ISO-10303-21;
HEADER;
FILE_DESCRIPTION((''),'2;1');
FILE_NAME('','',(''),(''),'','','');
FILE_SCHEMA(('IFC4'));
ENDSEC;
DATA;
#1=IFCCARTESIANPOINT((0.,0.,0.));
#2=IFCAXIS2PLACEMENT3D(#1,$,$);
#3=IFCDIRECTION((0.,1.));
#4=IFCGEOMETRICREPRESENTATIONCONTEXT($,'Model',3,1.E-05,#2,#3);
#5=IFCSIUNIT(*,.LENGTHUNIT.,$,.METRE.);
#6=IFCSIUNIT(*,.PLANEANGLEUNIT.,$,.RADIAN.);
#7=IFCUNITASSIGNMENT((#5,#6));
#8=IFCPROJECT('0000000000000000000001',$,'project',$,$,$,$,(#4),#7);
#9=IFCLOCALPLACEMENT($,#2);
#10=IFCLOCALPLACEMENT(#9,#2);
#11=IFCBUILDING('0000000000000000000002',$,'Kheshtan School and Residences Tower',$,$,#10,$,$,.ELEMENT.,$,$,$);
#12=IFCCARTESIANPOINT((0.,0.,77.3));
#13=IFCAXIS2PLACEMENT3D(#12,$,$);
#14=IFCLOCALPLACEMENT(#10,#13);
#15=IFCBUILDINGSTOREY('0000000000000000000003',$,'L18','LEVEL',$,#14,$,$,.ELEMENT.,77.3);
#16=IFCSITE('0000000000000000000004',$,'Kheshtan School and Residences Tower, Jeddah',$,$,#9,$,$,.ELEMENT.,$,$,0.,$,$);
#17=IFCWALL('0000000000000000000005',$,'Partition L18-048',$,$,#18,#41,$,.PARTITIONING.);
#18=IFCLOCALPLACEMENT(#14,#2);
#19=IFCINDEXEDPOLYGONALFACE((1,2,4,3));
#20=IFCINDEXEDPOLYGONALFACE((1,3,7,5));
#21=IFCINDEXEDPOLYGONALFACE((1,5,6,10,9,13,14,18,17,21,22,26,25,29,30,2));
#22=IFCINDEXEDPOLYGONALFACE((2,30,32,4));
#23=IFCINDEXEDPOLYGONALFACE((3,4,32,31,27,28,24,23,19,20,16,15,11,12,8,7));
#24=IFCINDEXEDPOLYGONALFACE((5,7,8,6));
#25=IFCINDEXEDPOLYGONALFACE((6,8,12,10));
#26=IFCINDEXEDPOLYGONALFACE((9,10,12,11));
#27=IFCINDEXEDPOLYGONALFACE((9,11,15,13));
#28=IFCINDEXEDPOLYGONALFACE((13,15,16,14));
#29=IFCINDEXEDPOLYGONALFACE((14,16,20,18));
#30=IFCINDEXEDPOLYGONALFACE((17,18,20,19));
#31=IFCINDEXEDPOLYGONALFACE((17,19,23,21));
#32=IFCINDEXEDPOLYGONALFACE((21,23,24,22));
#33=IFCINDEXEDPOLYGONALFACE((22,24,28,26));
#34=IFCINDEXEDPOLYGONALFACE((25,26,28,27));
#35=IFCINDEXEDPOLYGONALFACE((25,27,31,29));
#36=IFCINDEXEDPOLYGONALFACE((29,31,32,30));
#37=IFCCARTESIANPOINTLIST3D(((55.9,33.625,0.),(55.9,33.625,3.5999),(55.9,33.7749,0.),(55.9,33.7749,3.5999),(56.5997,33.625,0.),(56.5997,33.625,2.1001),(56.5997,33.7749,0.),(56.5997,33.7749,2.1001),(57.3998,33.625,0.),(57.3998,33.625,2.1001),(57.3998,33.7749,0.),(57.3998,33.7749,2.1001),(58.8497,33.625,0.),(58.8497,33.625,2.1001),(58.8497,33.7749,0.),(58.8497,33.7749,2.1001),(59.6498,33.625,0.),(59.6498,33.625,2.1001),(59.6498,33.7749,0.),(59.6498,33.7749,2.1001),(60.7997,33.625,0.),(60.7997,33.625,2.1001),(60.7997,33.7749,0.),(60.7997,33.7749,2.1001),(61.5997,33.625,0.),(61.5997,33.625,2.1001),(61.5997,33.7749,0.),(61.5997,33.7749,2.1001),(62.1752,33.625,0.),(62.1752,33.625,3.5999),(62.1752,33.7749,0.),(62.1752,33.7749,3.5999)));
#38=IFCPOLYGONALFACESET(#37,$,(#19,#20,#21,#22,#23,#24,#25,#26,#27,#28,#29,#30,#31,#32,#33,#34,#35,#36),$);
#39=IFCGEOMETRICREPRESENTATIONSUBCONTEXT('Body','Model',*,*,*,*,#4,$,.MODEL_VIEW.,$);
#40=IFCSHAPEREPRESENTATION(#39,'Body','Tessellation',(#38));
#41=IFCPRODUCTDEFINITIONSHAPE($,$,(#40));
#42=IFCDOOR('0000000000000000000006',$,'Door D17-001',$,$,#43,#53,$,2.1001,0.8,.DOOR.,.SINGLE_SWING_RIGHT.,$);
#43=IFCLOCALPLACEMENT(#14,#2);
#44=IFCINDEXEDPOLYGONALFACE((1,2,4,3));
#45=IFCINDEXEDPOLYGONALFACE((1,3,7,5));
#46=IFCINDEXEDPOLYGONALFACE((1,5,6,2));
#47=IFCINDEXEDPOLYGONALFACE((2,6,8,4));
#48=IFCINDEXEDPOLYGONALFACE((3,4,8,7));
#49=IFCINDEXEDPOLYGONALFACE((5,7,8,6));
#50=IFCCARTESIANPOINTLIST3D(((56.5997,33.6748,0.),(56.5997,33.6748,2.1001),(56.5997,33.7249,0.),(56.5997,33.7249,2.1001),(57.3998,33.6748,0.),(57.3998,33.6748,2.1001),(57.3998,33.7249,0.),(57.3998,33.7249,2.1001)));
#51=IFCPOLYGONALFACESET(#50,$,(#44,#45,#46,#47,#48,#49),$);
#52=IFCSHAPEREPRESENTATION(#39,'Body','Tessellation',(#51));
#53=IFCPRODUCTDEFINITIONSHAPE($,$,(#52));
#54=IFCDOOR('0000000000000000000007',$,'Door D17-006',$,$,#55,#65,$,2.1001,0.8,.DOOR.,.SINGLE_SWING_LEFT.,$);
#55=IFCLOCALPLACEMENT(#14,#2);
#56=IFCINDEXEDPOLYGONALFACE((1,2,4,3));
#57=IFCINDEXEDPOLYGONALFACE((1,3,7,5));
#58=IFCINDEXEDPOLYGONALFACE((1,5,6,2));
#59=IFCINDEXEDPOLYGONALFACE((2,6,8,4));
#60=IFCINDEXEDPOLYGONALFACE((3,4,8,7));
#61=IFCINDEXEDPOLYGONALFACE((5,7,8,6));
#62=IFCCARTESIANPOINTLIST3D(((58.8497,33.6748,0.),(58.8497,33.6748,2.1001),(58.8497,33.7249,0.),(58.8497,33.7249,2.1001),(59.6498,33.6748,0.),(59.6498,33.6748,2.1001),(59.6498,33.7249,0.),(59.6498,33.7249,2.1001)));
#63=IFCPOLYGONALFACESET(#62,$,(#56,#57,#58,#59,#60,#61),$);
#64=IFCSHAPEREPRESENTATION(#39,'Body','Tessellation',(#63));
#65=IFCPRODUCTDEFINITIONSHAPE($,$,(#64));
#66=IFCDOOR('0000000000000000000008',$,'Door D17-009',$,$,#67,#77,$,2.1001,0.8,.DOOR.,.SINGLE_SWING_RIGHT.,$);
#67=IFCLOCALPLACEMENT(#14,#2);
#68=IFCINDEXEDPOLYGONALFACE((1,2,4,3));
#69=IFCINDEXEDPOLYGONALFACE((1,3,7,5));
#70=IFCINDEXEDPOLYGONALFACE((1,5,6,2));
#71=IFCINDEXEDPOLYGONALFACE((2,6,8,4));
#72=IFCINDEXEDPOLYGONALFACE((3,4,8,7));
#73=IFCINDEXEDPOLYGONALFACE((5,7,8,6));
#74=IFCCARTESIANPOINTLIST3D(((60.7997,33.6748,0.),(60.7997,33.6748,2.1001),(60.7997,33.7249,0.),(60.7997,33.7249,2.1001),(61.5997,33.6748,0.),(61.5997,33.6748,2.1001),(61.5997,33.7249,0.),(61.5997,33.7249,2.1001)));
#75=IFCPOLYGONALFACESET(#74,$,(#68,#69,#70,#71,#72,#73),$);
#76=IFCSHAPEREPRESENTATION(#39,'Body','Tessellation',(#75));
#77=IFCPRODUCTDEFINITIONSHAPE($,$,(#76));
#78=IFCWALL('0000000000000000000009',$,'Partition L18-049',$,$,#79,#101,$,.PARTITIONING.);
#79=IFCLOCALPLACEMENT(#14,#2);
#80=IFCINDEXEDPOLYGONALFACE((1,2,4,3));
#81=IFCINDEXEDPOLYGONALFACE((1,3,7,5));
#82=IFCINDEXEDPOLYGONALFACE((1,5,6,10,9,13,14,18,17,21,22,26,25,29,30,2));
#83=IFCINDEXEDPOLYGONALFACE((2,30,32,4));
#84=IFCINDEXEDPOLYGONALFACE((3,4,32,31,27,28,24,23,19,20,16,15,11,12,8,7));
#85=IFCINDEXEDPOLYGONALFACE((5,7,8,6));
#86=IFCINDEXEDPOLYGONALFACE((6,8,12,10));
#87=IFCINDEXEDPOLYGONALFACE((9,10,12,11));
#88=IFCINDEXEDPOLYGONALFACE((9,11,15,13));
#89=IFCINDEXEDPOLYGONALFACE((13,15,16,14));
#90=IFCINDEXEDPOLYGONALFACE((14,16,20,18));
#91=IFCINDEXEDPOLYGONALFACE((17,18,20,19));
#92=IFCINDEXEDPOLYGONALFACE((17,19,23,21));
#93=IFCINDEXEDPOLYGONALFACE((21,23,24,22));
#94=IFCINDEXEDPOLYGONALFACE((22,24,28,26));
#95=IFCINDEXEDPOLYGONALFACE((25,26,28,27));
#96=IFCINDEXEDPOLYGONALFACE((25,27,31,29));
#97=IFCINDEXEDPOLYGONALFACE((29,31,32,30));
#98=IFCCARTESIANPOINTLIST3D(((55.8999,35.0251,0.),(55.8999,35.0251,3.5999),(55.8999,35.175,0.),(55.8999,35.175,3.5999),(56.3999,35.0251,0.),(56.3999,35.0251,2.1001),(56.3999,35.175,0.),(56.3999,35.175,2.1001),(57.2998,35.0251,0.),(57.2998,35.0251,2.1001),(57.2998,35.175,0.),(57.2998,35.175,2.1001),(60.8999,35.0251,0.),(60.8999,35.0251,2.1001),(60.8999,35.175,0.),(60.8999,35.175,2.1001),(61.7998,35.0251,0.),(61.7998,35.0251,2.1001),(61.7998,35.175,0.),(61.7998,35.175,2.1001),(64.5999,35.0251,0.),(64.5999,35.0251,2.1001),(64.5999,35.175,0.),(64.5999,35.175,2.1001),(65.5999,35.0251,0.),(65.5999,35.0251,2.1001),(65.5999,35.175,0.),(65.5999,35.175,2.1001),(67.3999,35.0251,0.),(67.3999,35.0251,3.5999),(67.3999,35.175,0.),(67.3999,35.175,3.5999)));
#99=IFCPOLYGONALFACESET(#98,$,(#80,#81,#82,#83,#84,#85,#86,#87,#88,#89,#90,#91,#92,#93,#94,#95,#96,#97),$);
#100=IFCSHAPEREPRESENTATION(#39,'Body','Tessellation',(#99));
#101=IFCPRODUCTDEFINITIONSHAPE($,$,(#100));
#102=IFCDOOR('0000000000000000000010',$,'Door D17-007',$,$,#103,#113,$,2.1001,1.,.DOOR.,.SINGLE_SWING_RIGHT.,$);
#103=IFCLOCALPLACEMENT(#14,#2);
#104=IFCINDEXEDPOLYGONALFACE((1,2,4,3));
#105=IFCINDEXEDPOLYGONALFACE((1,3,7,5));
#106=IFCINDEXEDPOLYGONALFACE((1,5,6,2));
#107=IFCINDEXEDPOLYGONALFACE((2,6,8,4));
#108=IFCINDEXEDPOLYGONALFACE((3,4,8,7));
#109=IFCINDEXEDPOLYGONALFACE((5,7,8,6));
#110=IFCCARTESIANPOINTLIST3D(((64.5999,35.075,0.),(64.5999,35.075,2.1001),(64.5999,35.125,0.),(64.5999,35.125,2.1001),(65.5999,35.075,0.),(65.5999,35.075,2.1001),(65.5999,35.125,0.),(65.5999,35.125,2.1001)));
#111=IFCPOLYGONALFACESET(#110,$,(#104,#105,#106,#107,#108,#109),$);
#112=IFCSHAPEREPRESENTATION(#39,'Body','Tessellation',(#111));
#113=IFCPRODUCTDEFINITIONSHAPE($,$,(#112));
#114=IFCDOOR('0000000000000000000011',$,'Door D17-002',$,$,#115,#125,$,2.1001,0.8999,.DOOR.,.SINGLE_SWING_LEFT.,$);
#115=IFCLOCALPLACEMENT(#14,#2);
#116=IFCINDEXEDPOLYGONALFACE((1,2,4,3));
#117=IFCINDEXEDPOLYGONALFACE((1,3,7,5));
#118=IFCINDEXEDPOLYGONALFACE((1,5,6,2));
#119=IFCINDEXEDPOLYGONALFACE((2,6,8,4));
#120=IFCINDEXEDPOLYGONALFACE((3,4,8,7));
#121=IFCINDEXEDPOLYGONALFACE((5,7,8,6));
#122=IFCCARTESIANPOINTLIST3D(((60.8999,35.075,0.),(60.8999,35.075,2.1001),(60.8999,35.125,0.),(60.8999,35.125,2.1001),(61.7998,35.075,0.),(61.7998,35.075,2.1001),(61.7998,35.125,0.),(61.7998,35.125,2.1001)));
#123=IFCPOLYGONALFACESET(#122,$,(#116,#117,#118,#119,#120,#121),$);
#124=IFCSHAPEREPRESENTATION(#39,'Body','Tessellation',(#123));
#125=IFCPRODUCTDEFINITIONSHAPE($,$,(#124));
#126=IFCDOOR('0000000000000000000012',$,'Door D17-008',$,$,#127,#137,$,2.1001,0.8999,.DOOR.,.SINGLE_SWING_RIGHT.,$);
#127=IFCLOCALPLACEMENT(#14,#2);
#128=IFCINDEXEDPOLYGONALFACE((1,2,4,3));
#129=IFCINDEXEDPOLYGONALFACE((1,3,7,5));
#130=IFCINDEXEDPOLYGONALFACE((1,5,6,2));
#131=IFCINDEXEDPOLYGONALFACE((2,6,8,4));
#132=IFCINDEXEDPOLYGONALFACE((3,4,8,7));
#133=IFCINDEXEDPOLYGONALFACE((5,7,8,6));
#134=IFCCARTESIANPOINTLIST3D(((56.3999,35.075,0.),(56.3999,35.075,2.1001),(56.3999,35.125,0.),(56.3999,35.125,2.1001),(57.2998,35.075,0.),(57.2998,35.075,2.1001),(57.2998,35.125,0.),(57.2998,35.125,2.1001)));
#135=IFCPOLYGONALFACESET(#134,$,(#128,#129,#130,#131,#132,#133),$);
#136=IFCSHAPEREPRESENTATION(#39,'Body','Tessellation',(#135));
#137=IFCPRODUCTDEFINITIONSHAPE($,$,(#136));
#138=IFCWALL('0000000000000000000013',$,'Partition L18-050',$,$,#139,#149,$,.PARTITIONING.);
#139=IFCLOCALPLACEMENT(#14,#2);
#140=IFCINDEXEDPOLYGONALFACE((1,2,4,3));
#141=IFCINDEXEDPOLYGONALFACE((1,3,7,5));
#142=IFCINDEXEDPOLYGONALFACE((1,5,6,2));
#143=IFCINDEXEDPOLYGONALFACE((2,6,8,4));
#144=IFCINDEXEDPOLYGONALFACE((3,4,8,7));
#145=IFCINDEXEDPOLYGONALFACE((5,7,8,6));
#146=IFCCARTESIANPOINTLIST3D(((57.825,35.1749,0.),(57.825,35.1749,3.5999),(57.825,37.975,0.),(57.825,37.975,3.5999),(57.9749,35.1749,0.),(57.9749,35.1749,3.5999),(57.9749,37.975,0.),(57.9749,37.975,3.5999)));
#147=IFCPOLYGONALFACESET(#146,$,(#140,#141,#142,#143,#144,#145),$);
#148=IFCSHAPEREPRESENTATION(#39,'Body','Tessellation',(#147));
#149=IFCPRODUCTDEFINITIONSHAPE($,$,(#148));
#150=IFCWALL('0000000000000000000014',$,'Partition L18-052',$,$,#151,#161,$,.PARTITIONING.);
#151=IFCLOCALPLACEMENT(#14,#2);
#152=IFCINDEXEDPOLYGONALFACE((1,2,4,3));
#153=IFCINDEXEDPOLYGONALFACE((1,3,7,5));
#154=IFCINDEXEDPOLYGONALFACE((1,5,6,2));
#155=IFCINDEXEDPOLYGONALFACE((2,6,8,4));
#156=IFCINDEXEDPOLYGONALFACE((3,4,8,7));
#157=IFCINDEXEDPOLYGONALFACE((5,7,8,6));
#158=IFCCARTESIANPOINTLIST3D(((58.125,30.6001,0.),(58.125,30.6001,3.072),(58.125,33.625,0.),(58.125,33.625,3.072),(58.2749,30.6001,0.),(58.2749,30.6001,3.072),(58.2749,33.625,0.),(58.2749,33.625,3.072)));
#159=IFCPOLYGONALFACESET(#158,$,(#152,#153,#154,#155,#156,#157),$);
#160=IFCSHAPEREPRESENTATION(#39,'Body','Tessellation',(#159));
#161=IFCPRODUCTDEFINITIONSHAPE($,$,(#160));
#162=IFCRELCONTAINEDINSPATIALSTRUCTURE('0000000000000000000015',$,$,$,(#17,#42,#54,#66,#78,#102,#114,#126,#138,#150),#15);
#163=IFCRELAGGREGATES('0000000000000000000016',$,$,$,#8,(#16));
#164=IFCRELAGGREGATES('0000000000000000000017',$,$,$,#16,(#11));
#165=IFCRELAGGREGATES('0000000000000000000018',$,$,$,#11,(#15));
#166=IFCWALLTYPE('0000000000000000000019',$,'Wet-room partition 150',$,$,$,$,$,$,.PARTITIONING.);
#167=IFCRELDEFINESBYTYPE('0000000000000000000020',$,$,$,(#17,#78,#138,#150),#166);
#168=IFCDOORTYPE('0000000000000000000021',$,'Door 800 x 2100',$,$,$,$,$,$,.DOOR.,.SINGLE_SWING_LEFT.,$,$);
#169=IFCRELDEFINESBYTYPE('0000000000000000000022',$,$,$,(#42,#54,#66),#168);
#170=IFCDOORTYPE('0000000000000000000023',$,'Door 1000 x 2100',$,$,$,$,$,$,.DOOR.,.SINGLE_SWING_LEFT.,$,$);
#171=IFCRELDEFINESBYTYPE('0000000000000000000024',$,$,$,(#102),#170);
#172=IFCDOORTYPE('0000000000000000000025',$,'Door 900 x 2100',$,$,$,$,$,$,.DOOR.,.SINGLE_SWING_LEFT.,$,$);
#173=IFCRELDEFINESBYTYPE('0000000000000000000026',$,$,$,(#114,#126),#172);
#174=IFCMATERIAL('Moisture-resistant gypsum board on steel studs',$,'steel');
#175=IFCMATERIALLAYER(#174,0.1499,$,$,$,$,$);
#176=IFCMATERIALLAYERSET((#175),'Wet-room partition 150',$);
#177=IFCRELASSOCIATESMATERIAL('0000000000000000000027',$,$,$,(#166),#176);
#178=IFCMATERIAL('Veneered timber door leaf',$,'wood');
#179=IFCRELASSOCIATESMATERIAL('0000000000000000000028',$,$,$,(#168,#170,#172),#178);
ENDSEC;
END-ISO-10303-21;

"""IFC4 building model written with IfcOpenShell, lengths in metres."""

from ifc_helpers import new_model, si_unit, direction, frame, frame_2d, origin, place, context, subcontext, project, spatial, rectangle, extrude, source, transform, mapped, material, layer, layer_set, type_object, element, fill, save


model = new_model("IFC4")

# Units and contexts
model_context = context("Model", 3, precision=1e-05, world=origin(), true_north=direction((0.0, 1.0)))
body_context = subcontext(model_context, "Body", "Model", "MODEL_VIEW")
ifc_project = project(units=[si_unit("LENGTHUNIT", "METRE"), si_unit("PLANEANGLEUNIT", "RADIAN")], contexts=[model_context])

# Site, building, storey
site_placement = place(None, origin())
site = spatial("IfcSite", under=ifc_project, at=site_placement, Name="Kheshtan School and Residences Tower, Jeddah", CompositionType="ELEMENT", RefElevation=0.0)
building_placement = place(site_placement, origin())
building = spatial("IfcBuilding", under=site, at=building_placement, Name="Kheshtan School and Residences Tower", CompositionType="ELEMENT")
storey_placement = place(building_placement, frame((0.0, 0.0, 77.3)))
storey = spatial("IfcBuildingStorey", under=building, at=storey_placement, Name="L18", Description="LEVEL", CompositionType="ELEMENT", Elevation=77.3)

# Walls, openings, doors
ifc_material_1 = material(Name="Moisture-resistant gypsum board on steel studs", Category="steel")
ifc_layer_1 = layer(ifc_material_1, 0.1499)
ifc_layer_set_1 = layer_set([ifc_layer_1], Name="Wet-room partition 150")
wall_type_1 = type_object("IfcWallType", Name="Wet-room partition 150", PredefinedType="PARTITIONING", material=ifc_layer_set_1)
wall_1_placement = place(storey_placement, frame((55.8999, 33.7, 0.0), z_axis=(0.0, 0.0, 1.0), x_axis=(1.0, 0.0, 0.0)))
wall_1 = element("IfcWall", 1, at=wall_1_placement, inside=storey, type_object=wall_type_1, Name="Partition L18-048", PredefinedType="PARTITIONING", context=body_context, shape_type="SweptSolid", body=[
    extrude(rectangle(XDim=6.2751, YDim=0.1499, at=frame_2d((3.1377, 0.0))), origin(), (0.0, 0.0, 1.0), 3.5999),
])
opening_1_placement = place(wall_1_placement, frame((0.7, 0.0, 0.0)))
opening_1 = element("IfcOpeningElement", 2, at=opening_1_placement, cuts=wall_1, PredefinedType="OPENING", context=body_context, shape_type="SweptSolid", body=[
    extrude(rectangle(XDim=0.8, YDim=2.1001, at=frame_2d((0.3999, 1.05))), frame((0.0, 0.085, 0.0), z_axis=(0.0, -1.0, 0.0), x_axis=(1.0, 0.0, 0.0)), (0.0, 0.0, 1.0), 0.1699),
])
opening_2_placement = place(wall_1_placement, frame((2.95, 0.0, 0.0)))
opening_2 = element("IfcOpeningElement", 3, at=opening_2_placement, cuts=wall_1, PredefinedType="OPENING", context=body_context, shape_type="SweptSolid", body=[
    extrude(rectangle(XDim=0.8, YDim=2.1001, at=frame_2d((0.3999, 1.05))), frame((0.0, 0.085, 0.0), z_axis=(0.0, -1.0, 0.0), x_axis=(1.0, 0.0, 0.0)), (0.0, 0.0, 1.0), 0.1699),
])
opening_3_placement = place(wall_1_placement, frame((4.8999, 0.0, 0.0)))
opening_3 = element("IfcOpeningElement", 4, at=opening_3_placement, cuts=wall_1, PredefinedType="OPENING", context=body_context, shape_type="SweptSolid", body=[
    extrude(rectangle(XDim=0.8, YDim=2.1001, at=frame_2d((0.3999, 1.05))), frame((0.0, 0.085, 0.0), z_axis=(0.0, -1.0, 0.0), x_axis=(1.0, 0.0, 0.0)), (0.0, 0.0, 1.0), 0.1699),
])
ifc_material_2 = material(Name="Veneered timber door leaf", Category="wood")
door_type_1 = type_object("IfcDoorType", Name="Door 800 x 2100", OperationType="SINGLE_SWING_LEFT", PredefinedType="DOOR", material=ifc_material_2)
shared_shape_1 = source(origin(), body_context, "Body", "SweptSolid", [
    extrude(rectangle(XDim=0.8, YDim=2.1001, at=frame_2d((0.3999, 1.05))), frame((0.0, 0.0249, 0.0), z_axis=(0.0, -1.0, 0.0), x_axis=(1.0, 0.0, 0.0)), (0.0, 0.0, 1.0), 0.05),
])
door_1_placement = place(opening_1_placement, origin())
door_1 = element("IfcDoor", 5, at=door_1_placement, inside=storey, type_object=door_type_1, Name="Door D17-001", OperationType="SINGLE_SWING_RIGHT", OverallHeight=2.1001, OverallWidth=0.8, PredefinedType="DOOR", context=body_context, shape_type="MappedRepresentation", body=[
    mapped(shared_shape_1, transform((0.0, 0.0, 0.0), x_axis=(1.0, 0.0, 0.0), y_axis=(0.0, 1.0, 0.0), z_axis=(0.0, 0.0, 1.0), scale=1.0)),
])
fill(opening_1, door_1)
door_2_placement = place(opening_2_placement, origin())
door_2 = element("IfcDoor", 6, at=door_2_placement, inside=storey, type_object=door_type_1, Name="Door D17-006", OperationType="SINGLE_SWING_LEFT", OverallHeight=2.1001, OverallWidth=0.8, PredefinedType="DOOR", context=body_context, shape_type="MappedRepresentation", body=[
    mapped(shared_shape_1, transform((0.0, 0.0, 0.0), x_axis=(1.0, 0.0, 0.0), y_axis=(0.0, 1.0, 0.0), z_axis=(0.0, 0.0, 1.0), scale=1.0)),
])
fill(opening_2, door_2)
door_3_placement = place(opening_3_placement, origin())
door_3 = element("IfcDoor", 7, at=door_3_placement, inside=storey, type_object=door_type_1, Name="Door D17-009", OperationType="SINGLE_SWING_RIGHT", OverallHeight=2.1001, OverallWidth=0.8, PredefinedType="DOOR", context=body_context, shape_type="MappedRepresentation", body=[
    mapped(shared_shape_1, transform((0.0, 0.0, 0.0), x_axis=(1.0, 0.0, 0.0), y_axis=(0.0, 1.0, 0.0), z_axis=(0.0, 0.0, 1.0), scale=1.0)),
])
fill(opening_3, door_3)
wall_2_placement = place(storey_placement, frame((55.8999, 35.1001, 0.0), z_axis=(0.0, 0.0, 1.0), x_axis=(1.0, 0.0, 0.0)))
wall_2 = element("IfcWall", 8, at=wall_2_placement, inside=storey, type_object=wall_type_1, Name="Partition L18-049", PredefinedType="PARTITIONING", context=body_context, shape_type="SweptSolid", body=[
    extrude(rectangle(XDim=11.5, YDim=0.1499, at=frame_2d((5.75, 0.0))), origin(), (0.0, 0.0, 1.0), 3.5999),
])
opening_4_placement = place(wall_2_placement, frame((5.0, 0.0, 0.0)))
opening_4 = element("IfcOpeningElement", 9, at=opening_4_placement, cuts=wall_2, PredefinedType="OPENING", context=body_context, shape_type="SweptSolid", body=[
    extrude(rectangle(XDim=0.8999, YDim=2.1001, at=frame_2d((0.45, 1.05))), frame((0.0, 0.085, 0.0), z_axis=(0.0, -1.0, 0.0), x_axis=(1.0, 0.0, 0.0)), (0.0, 0.0, 1.0), 0.1699),
])
opening_5_placement = place(wall_2_placement, frame((8.7, 0.0, 0.0)))
opening_5 = element("IfcOpeningElement", 10, at=opening_5_placement, cuts=wall_2, PredefinedType="OPENING", context=body_context, shape_type="SweptSolid", body=[
    extrude(rectangle(XDim=1.0, YDim=2.1001, at=frame_2d((0.5, 1.05))), frame((0.0, 0.085, 0.0), z_axis=(0.0, -1.0, 0.0), x_axis=(1.0, 0.0, 0.0)), (0.0, 0.0, 1.0), 0.1699),
])
opening_6_placement = place(wall_2_placement, frame((0.5, 0.0, 0.0)))
opening_6 = element("IfcOpeningElement", 11, at=opening_6_placement, cuts=wall_2, PredefinedType="OPENING", context=body_context, shape_type="SweptSolid", body=[
    extrude(rectangle(XDim=0.8999, YDim=2.1001, at=frame_2d((0.45, 1.05))), frame((0.0, 0.085, 0.0), z_axis=(0.0, -1.0, 0.0), x_axis=(1.0, 0.0, 0.0)), (0.0, 0.0, 1.0), 0.1699),
])
door_type_2 = type_object("IfcDoorType", Name="Door 1000 x 2100", OperationType="SINGLE_SWING_LEFT", PredefinedType="DOOR", material=ifc_material_2)
shared_shape_2 = source(origin(), body_context, "Body", "SweptSolid", [
    extrude(rectangle(XDim=1.0, YDim=2.1001, at=frame_2d((0.5, 1.05))), frame((0.0, 0.0249, 0.0), z_axis=(0.0, -1.0, 0.0), x_axis=(1.0, 0.0, 0.0)), (0.0, 0.0, 1.0), 0.05),
])
door_4_placement = place(opening_5_placement, origin())
door_4 = element("IfcDoor", 12, at=door_4_placement, inside=storey, type_object=door_type_2, Name="Door D17-007", OperationType="SINGLE_SWING_RIGHT", OverallHeight=2.1001, OverallWidth=1.0, PredefinedType="DOOR", context=body_context, shape_type="MappedRepresentation", body=[
    mapped(shared_shape_2, transform((0.0, 0.0, 0.0), x_axis=(1.0, 0.0, 0.0), y_axis=(0.0, 1.0, 0.0), z_axis=(0.0, 0.0, 1.0), scale=1.0)),
])
fill(opening_5, door_4)
door_type_3 = type_object("IfcDoorType", Name="Door 900 x 2100", OperationType="SINGLE_SWING_LEFT", PredefinedType="DOOR", material=ifc_material_2)
shared_shape_3 = source(origin(), body_context, "Body", "SweptSolid", [
    extrude(rectangle(XDim=0.8999, YDim=2.1001, at=frame_2d((0.45, 1.05))), frame((0.0, 0.0249, 0.0), z_axis=(0.0, -1.0, 0.0), x_axis=(1.0, 0.0, 0.0)), (0.0, 0.0, 1.0), 0.05),
])
door_5_placement = place(opening_4_placement, origin())
door_5 = element("IfcDoor", 13, at=door_5_placement, inside=storey, type_object=door_type_3, Name="Door D17-002", OperationType="SINGLE_SWING_LEFT", OverallHeight=2.1001, OverallWidth=0.8999, PredefinedType="DOOR", context=body_context, shape_type="MappedRepresentation", body=[
    mapped(shared_shape_3, transform((0.0, 0.0, 0.0), x_axis=(1.0, 0.0, 0.0), y_axis=(0.0, 1.0, 0.0), z_axis=(0.0, 0.0, 1.0), scale=1.0)),
])
fill(opening_4, door_5)
door_6_placement = place(opening_6_placement, origin())
door_6 = element("IfcDoor", 14, at=door_6_placement, inside=storey, type_object=door_type_3, Name="Door D17-008", OperationType="SINGLE_SWING_RIGHT", OverallHeight=2.1001, OverallWidth=0.8999, PredefinedType="DOOR", context=body_context, shape_type="MappedRepresentation", body=[
    mapped(shared_shape_3, transform((0.0, 0.0, 0.0), x_axis=(1.0, 0.0, 0.0), y_axis=(0.0, 1.0, 0.0), z_axis=(0.0, 0.0, 1.0), scale=1.0)),
])
fill(opening_6, door_6)

# Walls
wall_3_placement = place(storey_placement, frame((57.8999, 35.175, 0.0), z_axis=(0.0, 0.0, 1.0), x_axis=(0.0, 1.0, 0.0)))
element("IfcWall", 15, at=wall_3_placement, inside=storey, type_object=wall_type_1, Name="Partition L18-050", PredefinedType="PARTITIONING", context=body_context, shape_type="SweptSolid", body=[
    extrude(rectangle(XDim=2.8, YDim=0.1499, at=frame_2d((1.3999, 0.0))), origin(), (0.0, 0.0, 1.0), 3.5999),
])
wall_4_placement = place(storey_placement, frame((58.2, 30.6001, 0.0), z_axis=(0.0, 0.0, 1.0), x_axis=(0.0, 1.0, 0.0)))
element("IfcWall", 16, at=wall_4_placement, inside=storey, type_object=wall_type_1, Name="Partition L18-052", PredefinedType="PARTITIONING", context=body_context, shape_type="SweptSolid", body=[
    extrude(rectangle(XDim=3.0249, YDim=0.1499, at=frame_2d((1.5125, 0.0))), origin(), (0.0, 0.0, 1.0), 3.072),
])

save(model, "model.ifc")
